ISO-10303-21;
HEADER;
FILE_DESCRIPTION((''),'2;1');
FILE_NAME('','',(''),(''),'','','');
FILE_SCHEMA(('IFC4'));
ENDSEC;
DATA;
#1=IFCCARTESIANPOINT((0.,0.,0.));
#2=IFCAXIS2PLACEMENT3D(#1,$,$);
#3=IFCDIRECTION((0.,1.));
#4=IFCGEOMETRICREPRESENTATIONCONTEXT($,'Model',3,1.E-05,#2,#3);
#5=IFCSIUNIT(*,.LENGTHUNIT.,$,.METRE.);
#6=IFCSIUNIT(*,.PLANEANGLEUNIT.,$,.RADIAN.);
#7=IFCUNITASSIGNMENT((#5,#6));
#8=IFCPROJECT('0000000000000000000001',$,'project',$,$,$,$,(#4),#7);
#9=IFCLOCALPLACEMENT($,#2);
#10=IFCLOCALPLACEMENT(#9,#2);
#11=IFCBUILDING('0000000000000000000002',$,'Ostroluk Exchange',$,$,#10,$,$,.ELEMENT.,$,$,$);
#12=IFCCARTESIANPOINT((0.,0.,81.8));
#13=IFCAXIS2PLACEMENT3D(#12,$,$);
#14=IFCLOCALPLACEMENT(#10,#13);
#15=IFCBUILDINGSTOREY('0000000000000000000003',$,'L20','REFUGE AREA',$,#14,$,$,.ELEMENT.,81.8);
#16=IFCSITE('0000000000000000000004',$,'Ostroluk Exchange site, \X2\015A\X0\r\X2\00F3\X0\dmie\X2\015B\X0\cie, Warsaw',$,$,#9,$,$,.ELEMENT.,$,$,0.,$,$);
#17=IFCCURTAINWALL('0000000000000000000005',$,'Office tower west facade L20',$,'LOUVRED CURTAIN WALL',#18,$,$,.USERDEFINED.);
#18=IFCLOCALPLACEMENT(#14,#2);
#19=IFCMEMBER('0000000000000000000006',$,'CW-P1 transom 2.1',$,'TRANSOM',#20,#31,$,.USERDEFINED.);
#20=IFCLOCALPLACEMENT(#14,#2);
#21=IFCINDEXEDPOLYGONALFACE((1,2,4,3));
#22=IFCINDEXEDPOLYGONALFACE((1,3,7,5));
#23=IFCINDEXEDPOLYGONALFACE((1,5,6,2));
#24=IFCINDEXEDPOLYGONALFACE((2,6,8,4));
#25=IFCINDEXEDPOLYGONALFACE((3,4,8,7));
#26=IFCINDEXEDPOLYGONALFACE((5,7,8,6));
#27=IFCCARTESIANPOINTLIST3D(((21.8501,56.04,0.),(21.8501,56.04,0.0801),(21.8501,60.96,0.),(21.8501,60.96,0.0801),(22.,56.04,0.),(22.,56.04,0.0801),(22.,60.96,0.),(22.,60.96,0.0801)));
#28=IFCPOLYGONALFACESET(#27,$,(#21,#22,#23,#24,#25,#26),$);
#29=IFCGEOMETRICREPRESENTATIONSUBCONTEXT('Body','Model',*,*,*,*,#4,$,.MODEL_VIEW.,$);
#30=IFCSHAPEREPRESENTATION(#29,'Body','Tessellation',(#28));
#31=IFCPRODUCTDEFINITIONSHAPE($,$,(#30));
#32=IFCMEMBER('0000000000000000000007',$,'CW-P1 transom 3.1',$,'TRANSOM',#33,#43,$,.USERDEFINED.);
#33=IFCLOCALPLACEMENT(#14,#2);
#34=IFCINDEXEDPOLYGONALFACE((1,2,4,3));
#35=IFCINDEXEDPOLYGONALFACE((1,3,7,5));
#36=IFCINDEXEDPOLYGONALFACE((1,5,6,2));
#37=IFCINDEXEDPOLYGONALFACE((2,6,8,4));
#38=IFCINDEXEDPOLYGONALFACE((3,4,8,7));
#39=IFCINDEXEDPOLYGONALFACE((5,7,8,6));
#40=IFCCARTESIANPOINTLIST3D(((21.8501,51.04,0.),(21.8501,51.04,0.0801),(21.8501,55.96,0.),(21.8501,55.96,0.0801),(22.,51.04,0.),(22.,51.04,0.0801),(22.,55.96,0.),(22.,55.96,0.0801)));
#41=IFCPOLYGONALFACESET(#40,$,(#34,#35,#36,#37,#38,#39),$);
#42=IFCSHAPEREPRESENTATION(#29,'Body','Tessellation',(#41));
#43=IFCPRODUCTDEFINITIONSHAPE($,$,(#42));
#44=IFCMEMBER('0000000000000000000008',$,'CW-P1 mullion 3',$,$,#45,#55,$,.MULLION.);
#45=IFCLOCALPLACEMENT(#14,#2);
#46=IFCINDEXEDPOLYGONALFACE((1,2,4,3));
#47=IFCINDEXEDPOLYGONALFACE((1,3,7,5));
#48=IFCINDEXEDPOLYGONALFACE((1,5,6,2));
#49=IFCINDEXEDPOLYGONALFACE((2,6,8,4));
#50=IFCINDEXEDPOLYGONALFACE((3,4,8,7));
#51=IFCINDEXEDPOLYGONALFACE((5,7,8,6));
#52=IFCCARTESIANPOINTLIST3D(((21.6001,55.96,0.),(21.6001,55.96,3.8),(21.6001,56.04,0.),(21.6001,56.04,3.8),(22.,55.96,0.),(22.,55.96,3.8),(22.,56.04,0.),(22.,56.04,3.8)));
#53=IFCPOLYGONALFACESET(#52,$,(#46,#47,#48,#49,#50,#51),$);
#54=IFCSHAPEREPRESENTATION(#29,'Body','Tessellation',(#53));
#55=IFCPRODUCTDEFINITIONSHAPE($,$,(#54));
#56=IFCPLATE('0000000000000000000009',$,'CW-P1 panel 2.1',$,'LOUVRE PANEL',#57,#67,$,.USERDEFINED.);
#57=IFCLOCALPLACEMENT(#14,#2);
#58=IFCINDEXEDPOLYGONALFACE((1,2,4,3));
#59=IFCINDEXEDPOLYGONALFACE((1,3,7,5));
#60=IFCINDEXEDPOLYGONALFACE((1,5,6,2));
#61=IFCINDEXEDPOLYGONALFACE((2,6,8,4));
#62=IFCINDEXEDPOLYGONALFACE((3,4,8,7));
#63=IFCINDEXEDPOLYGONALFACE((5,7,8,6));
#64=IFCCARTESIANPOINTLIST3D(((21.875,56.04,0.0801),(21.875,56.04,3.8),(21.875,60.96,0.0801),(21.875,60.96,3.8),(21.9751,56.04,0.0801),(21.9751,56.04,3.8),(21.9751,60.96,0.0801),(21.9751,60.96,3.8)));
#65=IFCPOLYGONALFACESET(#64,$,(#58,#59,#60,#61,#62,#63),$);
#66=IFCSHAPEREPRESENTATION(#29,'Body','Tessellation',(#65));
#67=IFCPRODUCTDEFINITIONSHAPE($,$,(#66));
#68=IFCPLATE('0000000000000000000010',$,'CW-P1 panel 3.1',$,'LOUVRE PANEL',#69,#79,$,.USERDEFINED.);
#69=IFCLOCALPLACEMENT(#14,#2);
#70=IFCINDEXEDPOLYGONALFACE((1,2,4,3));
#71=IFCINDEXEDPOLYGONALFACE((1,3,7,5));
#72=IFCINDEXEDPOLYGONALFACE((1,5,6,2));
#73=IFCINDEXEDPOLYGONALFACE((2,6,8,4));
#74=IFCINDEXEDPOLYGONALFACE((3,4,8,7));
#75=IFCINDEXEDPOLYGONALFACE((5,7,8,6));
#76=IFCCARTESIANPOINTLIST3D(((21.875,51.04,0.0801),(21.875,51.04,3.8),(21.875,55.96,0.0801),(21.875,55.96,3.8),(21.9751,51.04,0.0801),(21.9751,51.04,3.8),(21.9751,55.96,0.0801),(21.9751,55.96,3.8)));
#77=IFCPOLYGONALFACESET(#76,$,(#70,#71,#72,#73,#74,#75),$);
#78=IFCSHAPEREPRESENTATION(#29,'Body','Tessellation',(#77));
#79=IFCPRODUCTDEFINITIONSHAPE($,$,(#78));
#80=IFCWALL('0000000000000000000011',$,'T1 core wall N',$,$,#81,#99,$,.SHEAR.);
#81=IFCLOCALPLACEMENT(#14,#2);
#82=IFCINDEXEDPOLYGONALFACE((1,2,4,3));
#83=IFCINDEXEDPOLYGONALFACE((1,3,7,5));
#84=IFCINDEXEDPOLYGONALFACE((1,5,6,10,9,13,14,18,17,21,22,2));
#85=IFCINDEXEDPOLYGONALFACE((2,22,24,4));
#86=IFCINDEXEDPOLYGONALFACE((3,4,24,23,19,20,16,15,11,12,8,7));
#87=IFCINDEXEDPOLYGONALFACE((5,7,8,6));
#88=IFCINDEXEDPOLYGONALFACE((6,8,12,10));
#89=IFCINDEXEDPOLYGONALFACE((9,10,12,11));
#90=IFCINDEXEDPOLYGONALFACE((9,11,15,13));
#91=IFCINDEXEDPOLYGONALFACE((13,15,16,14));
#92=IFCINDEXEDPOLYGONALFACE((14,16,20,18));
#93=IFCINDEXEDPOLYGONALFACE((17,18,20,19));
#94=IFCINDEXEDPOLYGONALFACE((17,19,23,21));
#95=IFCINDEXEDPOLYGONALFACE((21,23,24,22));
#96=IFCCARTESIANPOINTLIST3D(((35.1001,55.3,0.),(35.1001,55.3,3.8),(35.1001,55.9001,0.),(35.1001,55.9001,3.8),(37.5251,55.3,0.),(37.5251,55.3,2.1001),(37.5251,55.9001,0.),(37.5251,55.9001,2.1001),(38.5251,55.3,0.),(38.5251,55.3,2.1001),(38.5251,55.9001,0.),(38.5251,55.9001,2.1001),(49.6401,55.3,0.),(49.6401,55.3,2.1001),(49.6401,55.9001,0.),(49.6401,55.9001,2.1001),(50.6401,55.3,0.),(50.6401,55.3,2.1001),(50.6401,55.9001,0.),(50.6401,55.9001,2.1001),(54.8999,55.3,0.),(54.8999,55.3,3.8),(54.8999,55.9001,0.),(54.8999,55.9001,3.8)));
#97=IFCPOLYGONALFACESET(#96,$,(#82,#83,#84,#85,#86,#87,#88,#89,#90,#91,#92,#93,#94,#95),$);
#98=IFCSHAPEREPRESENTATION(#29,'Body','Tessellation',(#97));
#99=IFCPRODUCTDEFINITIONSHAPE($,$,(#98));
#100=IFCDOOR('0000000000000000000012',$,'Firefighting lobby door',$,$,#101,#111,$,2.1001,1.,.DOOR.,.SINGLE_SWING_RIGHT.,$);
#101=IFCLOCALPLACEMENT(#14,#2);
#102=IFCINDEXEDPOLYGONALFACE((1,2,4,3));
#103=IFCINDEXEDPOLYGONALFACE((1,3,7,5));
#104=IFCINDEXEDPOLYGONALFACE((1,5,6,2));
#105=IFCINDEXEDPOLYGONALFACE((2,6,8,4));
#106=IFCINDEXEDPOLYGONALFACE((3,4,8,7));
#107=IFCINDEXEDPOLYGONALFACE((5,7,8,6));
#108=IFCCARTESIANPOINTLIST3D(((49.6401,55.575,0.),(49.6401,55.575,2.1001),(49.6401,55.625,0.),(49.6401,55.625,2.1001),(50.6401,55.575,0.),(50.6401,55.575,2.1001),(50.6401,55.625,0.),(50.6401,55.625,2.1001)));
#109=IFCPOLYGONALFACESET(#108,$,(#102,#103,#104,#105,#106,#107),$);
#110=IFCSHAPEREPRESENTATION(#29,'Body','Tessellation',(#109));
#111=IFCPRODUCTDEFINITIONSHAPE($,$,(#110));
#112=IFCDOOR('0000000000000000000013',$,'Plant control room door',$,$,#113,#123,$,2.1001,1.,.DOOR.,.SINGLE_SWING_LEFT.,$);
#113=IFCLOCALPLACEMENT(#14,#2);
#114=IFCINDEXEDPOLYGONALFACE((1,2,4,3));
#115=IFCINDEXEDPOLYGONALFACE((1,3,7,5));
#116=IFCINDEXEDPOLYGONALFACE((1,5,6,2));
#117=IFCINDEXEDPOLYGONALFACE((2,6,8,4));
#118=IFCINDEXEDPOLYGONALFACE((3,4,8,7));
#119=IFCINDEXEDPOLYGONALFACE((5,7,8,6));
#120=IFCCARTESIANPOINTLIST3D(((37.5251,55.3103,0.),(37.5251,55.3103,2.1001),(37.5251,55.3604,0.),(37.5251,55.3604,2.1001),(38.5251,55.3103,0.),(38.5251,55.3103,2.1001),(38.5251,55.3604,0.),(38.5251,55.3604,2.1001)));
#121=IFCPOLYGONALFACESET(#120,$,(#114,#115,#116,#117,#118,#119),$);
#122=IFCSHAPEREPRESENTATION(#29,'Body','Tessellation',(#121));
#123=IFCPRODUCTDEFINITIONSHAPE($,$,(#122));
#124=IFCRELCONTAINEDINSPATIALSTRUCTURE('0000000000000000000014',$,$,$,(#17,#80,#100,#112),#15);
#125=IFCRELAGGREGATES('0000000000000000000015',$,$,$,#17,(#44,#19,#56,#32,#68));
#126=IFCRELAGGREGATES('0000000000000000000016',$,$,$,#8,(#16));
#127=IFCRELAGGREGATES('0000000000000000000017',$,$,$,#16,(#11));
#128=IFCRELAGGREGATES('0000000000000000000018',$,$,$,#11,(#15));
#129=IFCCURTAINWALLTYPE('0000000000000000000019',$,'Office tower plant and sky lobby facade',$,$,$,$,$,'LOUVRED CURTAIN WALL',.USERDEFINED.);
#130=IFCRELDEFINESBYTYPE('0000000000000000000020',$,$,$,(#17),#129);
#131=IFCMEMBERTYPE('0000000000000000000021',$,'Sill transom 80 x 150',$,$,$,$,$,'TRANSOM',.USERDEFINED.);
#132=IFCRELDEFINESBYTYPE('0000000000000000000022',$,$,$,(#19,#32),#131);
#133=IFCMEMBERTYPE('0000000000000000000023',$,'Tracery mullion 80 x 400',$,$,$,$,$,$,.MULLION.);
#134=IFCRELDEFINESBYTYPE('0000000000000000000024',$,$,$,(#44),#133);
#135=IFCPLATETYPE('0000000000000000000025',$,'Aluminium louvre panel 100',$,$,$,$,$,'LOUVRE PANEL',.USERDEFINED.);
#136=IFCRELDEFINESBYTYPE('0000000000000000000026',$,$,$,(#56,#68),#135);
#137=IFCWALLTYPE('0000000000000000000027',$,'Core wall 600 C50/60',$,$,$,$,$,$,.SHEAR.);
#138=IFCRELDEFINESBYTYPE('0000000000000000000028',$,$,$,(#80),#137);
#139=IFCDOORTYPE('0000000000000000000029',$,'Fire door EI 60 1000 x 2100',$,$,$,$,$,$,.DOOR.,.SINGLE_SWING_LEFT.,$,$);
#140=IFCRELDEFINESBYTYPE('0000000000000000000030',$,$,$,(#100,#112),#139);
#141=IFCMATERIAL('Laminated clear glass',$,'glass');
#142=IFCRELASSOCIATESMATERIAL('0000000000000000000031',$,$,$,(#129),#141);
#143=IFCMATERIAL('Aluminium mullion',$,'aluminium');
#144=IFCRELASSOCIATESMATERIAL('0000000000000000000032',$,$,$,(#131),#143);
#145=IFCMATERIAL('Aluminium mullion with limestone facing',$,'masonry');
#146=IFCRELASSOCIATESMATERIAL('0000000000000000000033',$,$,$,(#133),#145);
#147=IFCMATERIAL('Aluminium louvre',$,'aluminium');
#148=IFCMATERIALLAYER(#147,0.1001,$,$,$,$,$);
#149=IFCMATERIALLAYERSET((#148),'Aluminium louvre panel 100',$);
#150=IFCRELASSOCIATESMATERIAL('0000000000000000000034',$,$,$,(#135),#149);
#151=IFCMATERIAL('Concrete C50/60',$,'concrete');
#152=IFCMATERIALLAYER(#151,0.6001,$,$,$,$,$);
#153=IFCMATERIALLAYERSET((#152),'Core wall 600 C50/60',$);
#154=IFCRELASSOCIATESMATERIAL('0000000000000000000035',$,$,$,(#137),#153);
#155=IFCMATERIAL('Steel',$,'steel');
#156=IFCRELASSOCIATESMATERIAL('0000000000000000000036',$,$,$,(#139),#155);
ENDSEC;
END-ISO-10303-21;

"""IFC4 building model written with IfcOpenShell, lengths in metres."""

from ifc_helpers import new_model, si_unit, direction, frame, frame_2d, origin, origin_2d, place, context, subcontext, project, spatial, rectangle, extrude, material, layer, layer_set, material_profile, profile_set, type_object, element, fill, aggregate, save


model = new_model("IFC4")

# Units and contexts
model_context = context("Model", 3, precision=1e-05, world=origin(), true_north=direction((0.0, 1.0)))
body_context = subcontext(model_context, "Body", "Model", "MODEL_VIEW")
ifc_project = project(units=[si_unit("LENGTHUNIT", "METRE"), si_unit("PLANEANGLEUNIT", "RADIAN")], contexts=[model_context])

# Site, building, storey
site_placement = place(None, origin())
site = spatial("IfcSite", under=ifc_project, at=site_placement, Name="Ostroluk Exchange site, Śródmieście, Warsaw", CompositionType="ELEMENT", RefElevation=0.0)
building_placement = place(site_placement, origin())
building = spatial("IfcBuilding", under=site, at=building_placement, Name="Ostroluk Exchange", CompositionType="ELEMENT")
storey_placement = place(building_placement, frame((0.0, 0.0, 81.8)))
storey = spatial("IfcBuildingStorey", under=building, at=storey_placement, Name="L20", Description="REFUGE AREA", CompositionType="ELEMENT", Elevation=81.8)

# Curtain wall, members, plates
ifc_material_1 = material(Name="Laminated clear glass", Category="glass")
curtain_wall_type = type_object("IfcCurtainWallType", Name="Office tower plant and sky lobby facade", ElementType="LOUVRED CURTAIN WALL", PredefinedType="USERDEFINED", material=ifc_material_1)
curtain_wall_placement = place(storey_placement, origin())
curtain_wall = element("IfcCurtainWall", 1, at=curtain_wall_placement, inside=storey, type_object=curtain_wall_type, Name="Office tower west facade L20", ObjectType="LOUVRED CURTAIN WALL", PredefinedType="USERDEFINED")
ifc_material_2 = material(Name="Aluminium mullion", Category="aluminium")
ifc_material_profile_1 = material_profile(ifc_material_2, rectangle(XDim=0.1499, YDim=0.0801, at=origin_2d()), Name="Sill transom 80 x 150")
ifc_profile_set_1 = profile_set([ifc_material_profile_1], Name="Aluminium mullion")
member_type_1 = type_object("IfcMemberType", Name="Sill transom 80 x 150", ElementType="TRANSOM", PredefinedType="USERDEFINED", material=ifc_profile_set_1)
member_1_placement = place(storey_placement, frame((21.925, 60.96, 0.04), z_axis=(0.0, -1.0, 0.0), x_axis=(1.0, 0.0, 0.0)))
member_1 = element("IfcMember", 2, at=member_1_placement, type_object=member_type_1, Name="CW-P1 transom 2.1", ObjectType="TRANSOM", PredefinedType="USERDEFINED", context=body_context, shape_type="SweptSolid", body=[
    extrude(rectangle(XDim=0.1499, YDim=0.0801, at=origin_2d()), origin(), (0.0, 0.0, 1.0), 4.9199),
])
member_2_placement = place(storey_placement, frame((21.925, 55.96, 0.04), z_axis=(0.0, -1.0, 0.0), x_axis=(1.0, 0.0, 0.0)))
member_2 = element("IfcMember", 3, at=member_2_placement, type_object=member_type_1, Name="CW-P1 transom 3.1", ObjectType="TRANSOM", PredefinedType="USERDEFINED", context=body_context, shape_type="SweptSolid", body=[
    extrude(rectangle(XDim=0.1499, YDim=0.0801, at=origin_2d()), origin(), (0.0, 0.0, 1.0), 4.9199),
])
ifc_material_3 = material(Name="Aluminium mullion with limestone facing", Category="masonry")
ifc_material_profile_2 = material_profile(ifc_material_3, rectangle(XDim=0.3999, YDim=0.0801, at=origin_2d()), Name="Tracery mullion 80 x 400")
ifc_profile_set_2 = profile_set([ifc_material_profile_2], Name="Aluminium mullion with limestone facing")
member_type_2 = type_object("IfcMemberType", Name="Tracery mullion 80 x 400", PredefinedType="MULLION", material=ifc_profile_set_2)
member_3_placement = place(storey_placement, frame((21.8, 56.0, 0.0), z_axis=(0.0, 0.0, 1.0), x_axis=(1.0, 0.0, 0.0)))
member_3 = element("IfcMember", 4, at=member_3_placement, type_object=member_type_2, Name="CW-P1 mullion 3", PredefinedType="MULLION", context=body_context, shape_type="SweptSolid", body=[
    extrude(rectangle(XDim=0.3999, YDim=0.0801, at=origin_2d()), origin(), (0.0, 0.0, 1.0), 3.8),
])
ifc_material_4 = material(Name="Aluminium louvre", Category="aluminium")
ifc_layer_1 = layer(ifc_material_4, 0.1001)
ifc_layer_set_1 = layer_set([ifc_layer_1], Name="Aluminium louvre panel 100")
plate_type = type_object("IfcPlateType", Name="Aluminium louvre panel 100", ElementType="LOUVRE PANEL", PredefinedType="USERDEFINED", material=ifc_layer_set_1)
plate_1_placement = place(storey_placement, frame((21.925, 58.5, 0.0801), z_axis=(0.0, 0.0, 1.0), x_axis=(0.0, -1.0, 0.0)))
plate_1 = element("IfcPlate", 5, at=plate_1_placement, type_object=plate_type, Name="CW-P1 panel 2.1", ObjectType="LOUVRE PANEL", PredefinedType="USERDEFINED", context=body_context, shape_type="SweptSolid", body=[
    extrude(rectangle(XDim=4.9199, YDim=0.1001, at=origin_2d()), origin(), (0.0, 0.0, 1.0), 3.72),
])
plate_2_placement = place(storey_placement, frame((21.925, 53.5, 0.0801), z_axis=(0.0, 0.0, 1.0), x_axis=(0.0, -1.0, 0.0)))
plate_2 = element("IfcPlate", 6, at=plate_2_placement, type_object=plate_type, Name="CW-P1 panel 3.1", ObjectType="LOUVRE PANEL", PredefinedType="USERDEFINED", context=body_context, shape_type="SweptSolid", body=[
    extrude(rectangle(XDim=4.9199, YDim=0.1001, at=origin_2d()), origin(), (0.0, 0.0, 1.0), 3.72),
])
aggregate(curtain_wall, [member_3, member_1, plate_1, member_2, plate_2])

# Wall, openings, doors
ifc_material_5 = material(Name="Concrete C50/60", Category="concrete")
ifc_layer_2 = layer(ifc_material_5, 0.6001)
ifc_layer_set_2 = layer_set([ifc_layer_2], Name="Core wall 600 C50/60")
wall_type_1 = type_object("IfcWallType", Name="Core wall 600 C50/60", PredefinedType="SHEAR", material=ifc_layer_set_2)
wall_1_placement = place(storey_placement, frame((35.1001, 55.6001, 0.0), z_axis=(0.0, 0.0, 1.0), x_axis=(1.0, 0.0, 0.0)))
wall_1 = element("IfcWall", 7, at=wall_1_placement, inside=storey, type_object=wall_type_1, Name="T1 core wall N", PredefinedType="SHEAR", context=body_context, shape_type="SweptSolid", body=[
    extrude(rectangle(XDim=19.7998, YDim=0.6001, at=frame_2d((9.8999, 0.0))), origin(), (0.0, 0.0, 1.0), 3.8),
])
opening_1_placement = place(wall_1_placement, frame((14.54, 0.0, 0.0)))
opening_1 = element("IfcOpeningElement", 8, at=opening_1_placement, cuts=wall_1, PredefinedType="OPENING", context=body_context, shape_type="SweptSolid", body=[
    extrude(rectangle(XDim=1.0, YDim=2.1001, at=frame_2d((0.5, 1.05))), frame((0.0, 0.3101, 0.0), z_axis=(0.0, -1.0, 0.0), x_axis=(1.0, 0.0, 0.0)), (0.0, 0.0, 1.0), 0.6201),
])
opening_2_placement = place(wall_1_placement, frame((2.425, 0.0, 0.0)))
opening_2 = element("IfcOpeningElement", 9, at=opening_2_placement, cuts=wall_1, PredefinedType="OPENING", context=body_context, shape_type="SweptSolid", body=[
    extrude(rectangle(XDim=1.0, YDim=2.1001, at=frame_2d((0.5, 1.05))), frame((0.0, 0.3101, 0.0), z_axis=(0.0, -1.0, 0.0), x_axis=(1.0, 0.0, 0.0)), (0.0, 0.0, 1.0), 0.6201),
])
ifc_material_6 = material(Name="Steel", Category="steel")
door_type = type_object("IfcDoorType", Name="Fire door EI 60 1000 x 2100", OperationType="SINGLE_SWING_LEFT", PredefinedType="DOOR", material=ifc_material_6)
door_1_placement = place(opening_1_placement, origin())
door_1 = element("IfcDoor", 10, at=door_1_placement, inside=storey, type_object=door_type, Name="Firefighting lobby door", OperationType="SINGLE_SWING_RIGHT", OverallHeight=2.1001, OverallWidth=1.0, PredefinedType="DOOR", context=body_context, shape_type="SweptSolid", body=[
    extrude(rectangle(XDim=1.0, YDim=2.1001, at=frame_2d((0.5, 1.05))), frame((0.0, 0.0249, 0.0), z_axis=(0.0, -1.0, 0.0), x_axis=(1.0, 0.0, 0.0)), (0.0, 0.0, 1.0), 0.05),
])
fill(opening_1, door_1)
door_2_placement = place(opening_2_placement, origin())
door_2 = element("IfcDoor", 11, at=door_2_placement, inside=storey, type_object=door_type, Name="Plant control room door", OperationType="SINGLE_SWING_LEFT", OverallHeight=2.1001, OverallWidth=1.0, PredefinedType="DOOR", context=body_context, shape_type="SweptSolid", body=[
    extrude(rectangle(XDim=1.0, YDim=2.1001, at=frame_2d((0.5, 1.05))), frame((0.0, -0.2397, 0.0), z_axis=(0.0, -1.0, 0.0), x_axis=(1.0, 0.0, 0.0)), (0.0, 0.0, 1.0), 0.05),
])
fill(opening_2, door_2)

save(model, "model.ifc")
